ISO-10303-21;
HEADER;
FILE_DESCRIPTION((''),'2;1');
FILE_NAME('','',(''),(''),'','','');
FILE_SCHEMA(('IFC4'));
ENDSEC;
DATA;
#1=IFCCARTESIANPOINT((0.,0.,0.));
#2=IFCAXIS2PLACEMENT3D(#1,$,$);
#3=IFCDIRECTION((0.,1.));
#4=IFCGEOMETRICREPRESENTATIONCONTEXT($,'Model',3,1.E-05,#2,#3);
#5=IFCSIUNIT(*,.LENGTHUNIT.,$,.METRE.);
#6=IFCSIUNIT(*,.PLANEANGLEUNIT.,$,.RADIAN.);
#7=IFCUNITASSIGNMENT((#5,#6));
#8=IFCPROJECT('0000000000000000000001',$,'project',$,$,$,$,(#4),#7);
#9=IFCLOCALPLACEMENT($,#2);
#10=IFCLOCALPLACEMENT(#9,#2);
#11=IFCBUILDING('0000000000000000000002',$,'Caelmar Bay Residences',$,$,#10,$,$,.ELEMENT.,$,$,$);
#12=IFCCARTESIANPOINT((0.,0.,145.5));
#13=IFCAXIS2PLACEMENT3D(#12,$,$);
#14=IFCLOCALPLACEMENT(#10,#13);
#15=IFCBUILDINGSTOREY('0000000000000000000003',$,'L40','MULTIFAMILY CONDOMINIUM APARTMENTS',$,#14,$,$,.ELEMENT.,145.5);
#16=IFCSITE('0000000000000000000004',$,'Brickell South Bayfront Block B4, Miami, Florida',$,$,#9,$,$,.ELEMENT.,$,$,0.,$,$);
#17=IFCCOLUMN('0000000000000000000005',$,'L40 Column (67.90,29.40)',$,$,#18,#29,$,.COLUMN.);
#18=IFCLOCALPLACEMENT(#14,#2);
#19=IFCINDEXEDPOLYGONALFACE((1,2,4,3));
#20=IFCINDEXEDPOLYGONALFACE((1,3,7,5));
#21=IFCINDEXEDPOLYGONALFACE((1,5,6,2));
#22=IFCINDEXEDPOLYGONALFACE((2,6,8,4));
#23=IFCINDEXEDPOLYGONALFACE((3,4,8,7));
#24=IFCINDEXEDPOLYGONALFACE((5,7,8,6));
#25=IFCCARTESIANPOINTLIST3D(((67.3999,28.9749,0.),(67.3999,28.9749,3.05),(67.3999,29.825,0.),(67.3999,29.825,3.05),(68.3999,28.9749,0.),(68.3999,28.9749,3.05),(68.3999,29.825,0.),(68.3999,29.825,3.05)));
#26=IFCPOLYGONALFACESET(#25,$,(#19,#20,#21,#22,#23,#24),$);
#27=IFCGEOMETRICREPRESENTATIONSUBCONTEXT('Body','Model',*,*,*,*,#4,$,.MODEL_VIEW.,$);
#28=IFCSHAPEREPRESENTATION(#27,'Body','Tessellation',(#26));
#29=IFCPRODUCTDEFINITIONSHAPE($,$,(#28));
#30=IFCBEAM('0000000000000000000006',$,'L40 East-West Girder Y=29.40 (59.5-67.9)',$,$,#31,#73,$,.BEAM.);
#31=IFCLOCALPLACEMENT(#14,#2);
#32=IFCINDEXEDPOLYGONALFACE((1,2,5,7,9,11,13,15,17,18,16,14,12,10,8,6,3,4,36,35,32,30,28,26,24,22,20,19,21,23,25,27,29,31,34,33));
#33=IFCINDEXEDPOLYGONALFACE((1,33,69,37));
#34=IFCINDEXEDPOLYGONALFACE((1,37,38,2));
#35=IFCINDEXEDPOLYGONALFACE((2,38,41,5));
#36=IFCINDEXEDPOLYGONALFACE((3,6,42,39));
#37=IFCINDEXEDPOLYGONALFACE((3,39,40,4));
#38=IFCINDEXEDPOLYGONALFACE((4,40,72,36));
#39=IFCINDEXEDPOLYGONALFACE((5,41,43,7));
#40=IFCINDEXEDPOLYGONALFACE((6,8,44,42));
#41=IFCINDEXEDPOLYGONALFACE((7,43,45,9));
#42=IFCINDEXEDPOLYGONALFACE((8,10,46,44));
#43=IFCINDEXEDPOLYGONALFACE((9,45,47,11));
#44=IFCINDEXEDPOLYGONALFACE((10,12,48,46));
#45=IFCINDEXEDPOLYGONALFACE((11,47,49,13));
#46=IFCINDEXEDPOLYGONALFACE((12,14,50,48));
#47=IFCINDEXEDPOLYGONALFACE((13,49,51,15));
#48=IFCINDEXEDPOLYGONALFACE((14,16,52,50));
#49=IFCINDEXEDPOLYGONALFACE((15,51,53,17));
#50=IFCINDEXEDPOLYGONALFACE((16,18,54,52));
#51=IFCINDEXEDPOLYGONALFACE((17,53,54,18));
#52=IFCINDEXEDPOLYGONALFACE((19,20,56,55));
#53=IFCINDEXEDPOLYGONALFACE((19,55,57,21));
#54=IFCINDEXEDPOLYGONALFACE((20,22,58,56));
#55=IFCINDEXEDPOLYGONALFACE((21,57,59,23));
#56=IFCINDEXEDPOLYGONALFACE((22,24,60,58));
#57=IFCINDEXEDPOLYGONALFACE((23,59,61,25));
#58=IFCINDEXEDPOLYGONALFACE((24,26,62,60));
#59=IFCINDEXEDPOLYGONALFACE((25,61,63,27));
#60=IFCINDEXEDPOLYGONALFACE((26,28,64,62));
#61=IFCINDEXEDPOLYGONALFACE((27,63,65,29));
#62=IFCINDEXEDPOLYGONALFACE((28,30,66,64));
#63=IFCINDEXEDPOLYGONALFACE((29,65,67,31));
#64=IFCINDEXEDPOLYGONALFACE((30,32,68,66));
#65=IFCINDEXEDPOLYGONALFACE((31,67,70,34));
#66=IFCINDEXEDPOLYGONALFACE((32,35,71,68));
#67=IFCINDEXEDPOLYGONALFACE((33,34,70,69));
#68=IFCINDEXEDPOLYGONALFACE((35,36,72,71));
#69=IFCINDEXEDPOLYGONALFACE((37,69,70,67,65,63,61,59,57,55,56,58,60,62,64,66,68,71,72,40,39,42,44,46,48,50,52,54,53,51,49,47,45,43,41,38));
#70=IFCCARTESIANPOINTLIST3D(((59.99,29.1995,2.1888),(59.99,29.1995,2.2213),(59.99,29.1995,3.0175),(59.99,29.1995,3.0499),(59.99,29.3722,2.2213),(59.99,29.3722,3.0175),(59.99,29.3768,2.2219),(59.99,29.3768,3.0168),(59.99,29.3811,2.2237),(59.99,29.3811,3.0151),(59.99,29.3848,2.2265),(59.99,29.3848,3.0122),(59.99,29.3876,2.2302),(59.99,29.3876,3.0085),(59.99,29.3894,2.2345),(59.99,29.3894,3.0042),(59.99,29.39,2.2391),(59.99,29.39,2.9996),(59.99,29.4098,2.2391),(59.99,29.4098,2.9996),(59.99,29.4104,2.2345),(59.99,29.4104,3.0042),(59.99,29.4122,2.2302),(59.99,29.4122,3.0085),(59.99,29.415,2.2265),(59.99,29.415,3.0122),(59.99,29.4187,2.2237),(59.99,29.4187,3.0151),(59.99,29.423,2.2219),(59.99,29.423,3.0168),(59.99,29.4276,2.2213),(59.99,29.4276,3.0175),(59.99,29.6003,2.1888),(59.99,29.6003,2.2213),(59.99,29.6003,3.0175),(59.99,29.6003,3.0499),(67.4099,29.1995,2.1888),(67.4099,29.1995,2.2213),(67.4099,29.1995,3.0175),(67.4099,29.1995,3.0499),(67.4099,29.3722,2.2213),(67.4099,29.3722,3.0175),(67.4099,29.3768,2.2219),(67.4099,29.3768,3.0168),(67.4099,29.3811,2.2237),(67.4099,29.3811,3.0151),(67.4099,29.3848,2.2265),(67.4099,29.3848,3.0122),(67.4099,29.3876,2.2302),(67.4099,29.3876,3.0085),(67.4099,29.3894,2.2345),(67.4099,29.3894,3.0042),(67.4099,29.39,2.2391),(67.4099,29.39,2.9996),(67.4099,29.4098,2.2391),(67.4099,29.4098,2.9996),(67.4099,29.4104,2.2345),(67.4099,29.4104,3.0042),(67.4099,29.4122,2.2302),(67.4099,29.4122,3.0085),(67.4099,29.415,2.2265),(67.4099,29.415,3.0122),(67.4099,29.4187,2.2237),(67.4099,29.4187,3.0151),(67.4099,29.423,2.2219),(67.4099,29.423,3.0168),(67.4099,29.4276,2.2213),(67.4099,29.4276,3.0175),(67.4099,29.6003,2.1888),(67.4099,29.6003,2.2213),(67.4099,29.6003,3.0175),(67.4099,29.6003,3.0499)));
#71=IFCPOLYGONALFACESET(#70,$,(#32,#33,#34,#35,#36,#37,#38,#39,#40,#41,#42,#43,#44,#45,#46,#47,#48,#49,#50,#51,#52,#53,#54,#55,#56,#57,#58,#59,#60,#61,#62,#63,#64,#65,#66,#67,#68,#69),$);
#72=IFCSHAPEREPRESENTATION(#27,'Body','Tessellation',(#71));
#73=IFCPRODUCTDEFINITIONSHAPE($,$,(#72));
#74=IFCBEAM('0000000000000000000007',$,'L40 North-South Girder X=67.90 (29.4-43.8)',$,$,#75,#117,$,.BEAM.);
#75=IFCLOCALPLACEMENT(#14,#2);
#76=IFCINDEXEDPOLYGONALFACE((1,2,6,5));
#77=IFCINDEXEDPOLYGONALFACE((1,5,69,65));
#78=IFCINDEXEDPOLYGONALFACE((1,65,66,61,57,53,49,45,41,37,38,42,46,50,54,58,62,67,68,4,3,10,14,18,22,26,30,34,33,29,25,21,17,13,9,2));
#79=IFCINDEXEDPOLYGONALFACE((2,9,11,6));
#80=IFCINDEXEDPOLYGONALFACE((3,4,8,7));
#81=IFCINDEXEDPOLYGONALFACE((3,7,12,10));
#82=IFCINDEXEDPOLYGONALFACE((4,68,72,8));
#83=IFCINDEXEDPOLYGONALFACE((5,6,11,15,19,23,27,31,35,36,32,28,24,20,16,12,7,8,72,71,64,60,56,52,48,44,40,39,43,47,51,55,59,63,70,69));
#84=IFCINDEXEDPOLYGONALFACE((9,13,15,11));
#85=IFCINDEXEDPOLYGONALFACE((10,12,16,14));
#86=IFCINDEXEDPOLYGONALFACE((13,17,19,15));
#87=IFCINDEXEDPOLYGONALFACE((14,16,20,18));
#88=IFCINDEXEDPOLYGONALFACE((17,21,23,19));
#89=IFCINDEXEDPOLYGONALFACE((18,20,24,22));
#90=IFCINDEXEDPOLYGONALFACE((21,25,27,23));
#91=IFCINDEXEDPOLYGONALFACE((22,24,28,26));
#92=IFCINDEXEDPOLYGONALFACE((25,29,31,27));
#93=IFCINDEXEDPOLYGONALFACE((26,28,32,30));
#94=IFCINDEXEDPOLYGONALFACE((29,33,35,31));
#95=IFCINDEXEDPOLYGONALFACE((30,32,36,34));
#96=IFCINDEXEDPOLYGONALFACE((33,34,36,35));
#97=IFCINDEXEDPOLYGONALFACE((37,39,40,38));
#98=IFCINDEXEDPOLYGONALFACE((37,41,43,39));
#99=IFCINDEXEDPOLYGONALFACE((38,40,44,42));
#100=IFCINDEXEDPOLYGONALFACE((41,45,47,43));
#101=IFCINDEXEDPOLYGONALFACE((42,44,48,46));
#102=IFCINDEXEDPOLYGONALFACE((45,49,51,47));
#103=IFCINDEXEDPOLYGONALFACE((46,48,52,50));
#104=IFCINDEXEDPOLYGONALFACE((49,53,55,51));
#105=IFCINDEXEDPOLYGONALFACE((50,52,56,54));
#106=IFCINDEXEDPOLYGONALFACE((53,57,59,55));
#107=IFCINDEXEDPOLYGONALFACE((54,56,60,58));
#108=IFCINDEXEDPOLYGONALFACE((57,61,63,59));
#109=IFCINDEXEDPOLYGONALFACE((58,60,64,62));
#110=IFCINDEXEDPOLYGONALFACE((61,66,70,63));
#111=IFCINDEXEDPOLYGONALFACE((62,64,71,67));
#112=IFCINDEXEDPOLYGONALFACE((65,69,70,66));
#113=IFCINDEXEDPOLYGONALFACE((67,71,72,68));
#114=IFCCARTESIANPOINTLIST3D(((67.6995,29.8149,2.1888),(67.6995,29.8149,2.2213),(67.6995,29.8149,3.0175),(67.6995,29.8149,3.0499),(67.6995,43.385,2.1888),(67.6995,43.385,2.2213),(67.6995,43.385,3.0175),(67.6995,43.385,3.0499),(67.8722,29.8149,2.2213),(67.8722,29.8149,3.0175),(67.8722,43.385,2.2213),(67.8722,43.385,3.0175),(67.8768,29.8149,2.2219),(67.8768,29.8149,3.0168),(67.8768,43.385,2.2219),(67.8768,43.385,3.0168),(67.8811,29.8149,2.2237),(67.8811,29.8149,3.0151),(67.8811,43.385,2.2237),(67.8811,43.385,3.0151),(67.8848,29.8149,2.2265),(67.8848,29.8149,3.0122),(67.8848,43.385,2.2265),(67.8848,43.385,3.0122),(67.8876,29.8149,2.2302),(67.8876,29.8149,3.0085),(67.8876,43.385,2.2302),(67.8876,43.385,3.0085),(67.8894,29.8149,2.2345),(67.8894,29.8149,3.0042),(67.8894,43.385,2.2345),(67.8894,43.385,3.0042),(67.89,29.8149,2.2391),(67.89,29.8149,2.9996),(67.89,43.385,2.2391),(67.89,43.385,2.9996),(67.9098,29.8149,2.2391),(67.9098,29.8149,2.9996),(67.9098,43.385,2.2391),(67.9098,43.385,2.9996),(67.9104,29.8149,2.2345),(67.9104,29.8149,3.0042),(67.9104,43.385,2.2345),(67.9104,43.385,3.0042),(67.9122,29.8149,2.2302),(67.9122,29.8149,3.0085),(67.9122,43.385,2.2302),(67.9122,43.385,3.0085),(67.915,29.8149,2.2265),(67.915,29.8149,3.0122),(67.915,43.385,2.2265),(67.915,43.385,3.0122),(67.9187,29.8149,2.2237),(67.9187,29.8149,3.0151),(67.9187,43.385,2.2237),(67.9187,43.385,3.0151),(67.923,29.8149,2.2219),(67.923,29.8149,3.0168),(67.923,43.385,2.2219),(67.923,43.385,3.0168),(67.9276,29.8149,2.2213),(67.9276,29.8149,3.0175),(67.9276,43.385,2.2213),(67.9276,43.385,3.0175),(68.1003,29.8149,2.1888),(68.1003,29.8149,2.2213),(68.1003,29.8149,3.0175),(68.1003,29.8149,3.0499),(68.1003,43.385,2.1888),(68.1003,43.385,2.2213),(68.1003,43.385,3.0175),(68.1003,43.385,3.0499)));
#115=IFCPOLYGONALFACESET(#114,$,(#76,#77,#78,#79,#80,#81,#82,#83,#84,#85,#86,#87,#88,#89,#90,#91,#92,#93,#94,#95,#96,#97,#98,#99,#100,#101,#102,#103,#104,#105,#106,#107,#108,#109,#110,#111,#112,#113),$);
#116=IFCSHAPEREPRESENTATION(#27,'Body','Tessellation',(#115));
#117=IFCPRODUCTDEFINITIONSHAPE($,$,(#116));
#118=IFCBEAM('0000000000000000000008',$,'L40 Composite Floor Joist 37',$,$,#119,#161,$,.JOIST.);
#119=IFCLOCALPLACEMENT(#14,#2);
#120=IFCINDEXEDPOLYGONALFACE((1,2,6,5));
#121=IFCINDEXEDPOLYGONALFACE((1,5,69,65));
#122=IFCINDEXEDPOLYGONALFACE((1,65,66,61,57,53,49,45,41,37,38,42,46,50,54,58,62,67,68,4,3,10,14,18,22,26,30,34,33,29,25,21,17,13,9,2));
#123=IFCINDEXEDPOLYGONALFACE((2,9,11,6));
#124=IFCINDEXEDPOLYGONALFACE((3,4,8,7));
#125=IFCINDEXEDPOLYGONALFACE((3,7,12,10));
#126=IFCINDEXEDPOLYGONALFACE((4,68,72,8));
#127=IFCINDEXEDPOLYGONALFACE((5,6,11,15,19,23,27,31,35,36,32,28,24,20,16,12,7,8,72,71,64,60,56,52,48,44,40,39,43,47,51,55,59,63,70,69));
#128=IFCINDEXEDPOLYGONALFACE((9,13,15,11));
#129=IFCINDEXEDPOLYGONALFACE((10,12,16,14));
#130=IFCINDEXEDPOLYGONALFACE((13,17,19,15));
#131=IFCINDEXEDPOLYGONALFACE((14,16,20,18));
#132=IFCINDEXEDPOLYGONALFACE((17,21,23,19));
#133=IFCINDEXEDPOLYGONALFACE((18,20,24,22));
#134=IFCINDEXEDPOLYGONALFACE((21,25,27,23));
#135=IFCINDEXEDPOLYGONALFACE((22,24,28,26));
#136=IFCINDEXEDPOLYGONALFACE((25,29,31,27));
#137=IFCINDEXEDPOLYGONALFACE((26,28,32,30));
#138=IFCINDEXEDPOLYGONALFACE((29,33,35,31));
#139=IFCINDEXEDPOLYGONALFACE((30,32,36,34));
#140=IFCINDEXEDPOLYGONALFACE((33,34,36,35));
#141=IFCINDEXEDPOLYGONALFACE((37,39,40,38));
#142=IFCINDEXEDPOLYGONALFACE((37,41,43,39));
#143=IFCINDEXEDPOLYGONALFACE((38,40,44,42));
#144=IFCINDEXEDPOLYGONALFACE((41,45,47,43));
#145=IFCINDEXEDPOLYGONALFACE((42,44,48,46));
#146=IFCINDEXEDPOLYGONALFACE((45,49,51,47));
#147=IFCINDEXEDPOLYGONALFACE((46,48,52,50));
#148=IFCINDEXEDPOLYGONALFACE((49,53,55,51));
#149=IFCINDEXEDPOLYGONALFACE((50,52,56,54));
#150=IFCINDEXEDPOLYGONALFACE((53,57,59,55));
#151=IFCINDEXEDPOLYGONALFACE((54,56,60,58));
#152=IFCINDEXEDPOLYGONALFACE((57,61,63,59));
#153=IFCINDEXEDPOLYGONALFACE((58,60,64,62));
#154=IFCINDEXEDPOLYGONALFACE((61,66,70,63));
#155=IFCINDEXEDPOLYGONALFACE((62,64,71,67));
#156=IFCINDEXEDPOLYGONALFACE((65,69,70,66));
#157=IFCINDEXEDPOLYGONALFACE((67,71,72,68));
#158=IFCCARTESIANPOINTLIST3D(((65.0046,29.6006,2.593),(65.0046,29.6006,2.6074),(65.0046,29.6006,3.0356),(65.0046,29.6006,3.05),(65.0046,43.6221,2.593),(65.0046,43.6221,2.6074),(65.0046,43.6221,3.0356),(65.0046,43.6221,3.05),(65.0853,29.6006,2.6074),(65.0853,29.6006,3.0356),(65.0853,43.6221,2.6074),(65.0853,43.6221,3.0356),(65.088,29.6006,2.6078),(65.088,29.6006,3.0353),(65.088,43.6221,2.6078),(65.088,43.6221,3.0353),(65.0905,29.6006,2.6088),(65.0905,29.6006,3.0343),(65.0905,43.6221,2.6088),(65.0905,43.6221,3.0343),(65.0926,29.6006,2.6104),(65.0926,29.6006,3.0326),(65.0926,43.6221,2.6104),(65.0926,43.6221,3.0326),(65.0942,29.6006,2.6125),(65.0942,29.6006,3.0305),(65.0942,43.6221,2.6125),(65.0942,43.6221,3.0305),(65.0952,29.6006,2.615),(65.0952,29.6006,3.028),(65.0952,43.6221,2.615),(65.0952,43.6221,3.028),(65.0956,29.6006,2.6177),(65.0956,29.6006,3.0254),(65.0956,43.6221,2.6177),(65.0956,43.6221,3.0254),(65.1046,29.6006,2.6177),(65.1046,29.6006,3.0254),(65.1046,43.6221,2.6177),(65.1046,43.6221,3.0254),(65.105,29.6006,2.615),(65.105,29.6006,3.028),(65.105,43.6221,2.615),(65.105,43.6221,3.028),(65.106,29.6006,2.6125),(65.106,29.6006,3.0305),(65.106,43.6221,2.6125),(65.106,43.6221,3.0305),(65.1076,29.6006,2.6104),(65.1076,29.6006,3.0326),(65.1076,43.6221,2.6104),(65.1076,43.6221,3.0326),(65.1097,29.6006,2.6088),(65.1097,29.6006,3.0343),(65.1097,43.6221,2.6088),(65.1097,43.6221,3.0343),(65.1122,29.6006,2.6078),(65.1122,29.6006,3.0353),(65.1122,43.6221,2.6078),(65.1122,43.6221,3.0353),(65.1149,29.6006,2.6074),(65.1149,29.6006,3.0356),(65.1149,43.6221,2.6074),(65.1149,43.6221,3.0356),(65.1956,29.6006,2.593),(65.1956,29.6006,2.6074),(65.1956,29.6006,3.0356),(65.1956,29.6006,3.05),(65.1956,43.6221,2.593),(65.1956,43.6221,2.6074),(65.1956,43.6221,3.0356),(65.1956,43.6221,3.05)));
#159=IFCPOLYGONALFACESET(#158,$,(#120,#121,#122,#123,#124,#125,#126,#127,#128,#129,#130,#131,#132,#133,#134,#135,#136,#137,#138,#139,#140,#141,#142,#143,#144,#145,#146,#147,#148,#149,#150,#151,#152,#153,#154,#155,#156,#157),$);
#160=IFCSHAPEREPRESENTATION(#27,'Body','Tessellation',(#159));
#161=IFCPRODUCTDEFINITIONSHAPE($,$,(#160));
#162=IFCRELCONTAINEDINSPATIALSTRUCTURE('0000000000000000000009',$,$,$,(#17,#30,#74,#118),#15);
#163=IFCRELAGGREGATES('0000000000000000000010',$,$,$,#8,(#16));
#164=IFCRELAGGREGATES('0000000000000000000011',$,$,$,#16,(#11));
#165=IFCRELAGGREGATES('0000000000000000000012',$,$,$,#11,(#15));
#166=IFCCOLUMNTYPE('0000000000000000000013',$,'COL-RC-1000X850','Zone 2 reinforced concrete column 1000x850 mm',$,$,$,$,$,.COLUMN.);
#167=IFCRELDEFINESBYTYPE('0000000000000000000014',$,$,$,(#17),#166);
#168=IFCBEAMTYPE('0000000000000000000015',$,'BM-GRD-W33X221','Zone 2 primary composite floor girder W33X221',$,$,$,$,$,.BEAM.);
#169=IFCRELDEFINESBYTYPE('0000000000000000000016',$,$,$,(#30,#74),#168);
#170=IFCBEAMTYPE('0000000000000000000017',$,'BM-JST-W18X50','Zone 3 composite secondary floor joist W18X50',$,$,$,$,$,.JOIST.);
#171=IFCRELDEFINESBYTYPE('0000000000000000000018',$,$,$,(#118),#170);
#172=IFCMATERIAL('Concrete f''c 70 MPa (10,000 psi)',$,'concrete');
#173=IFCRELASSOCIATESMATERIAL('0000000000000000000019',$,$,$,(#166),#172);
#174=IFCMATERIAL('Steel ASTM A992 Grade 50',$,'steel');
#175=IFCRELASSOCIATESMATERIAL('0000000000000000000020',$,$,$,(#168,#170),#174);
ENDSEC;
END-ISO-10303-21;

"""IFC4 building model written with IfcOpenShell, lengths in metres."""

from ifc_helpers import new_model, si_unit, direction, frame, origin, origin_2d, place, context, subcontext, project, spatial, rectangle, i_section, extrude, material, material_profile, profile_set, type_object, element, save


model = new_model("IFC4")

# Units and contexts
model_context = context("Model", 3, precision=1e-05, world=origin(), true_north=direction((0.0, 1.0)))
body_context = subcontext(model_context, "Body", "Model", "MODEL_VIEW")
ifc_project = project(units=[si_unit("LENGTHUNIT", "METRE"), si_unit("PLANEANGLEUNIT", "RADIAN")], contexts=[model_context])

# Site, building, storey
site_placement = place(None, origin())
site = spatial("IfcSite", under=ifc_project, at=site_placement, Name="Brickell South Bayfront Block B4, Miami, Florida", CompositionType="ELEMENT", RefElevation=0.0)
building_placement = place(site_placement, origin())
building = spatial("IfcBuilding", under=site, at=building_placement, Name="Caelmar Bay Residences", CompositionType="ELEMENT")
storey_placement = place(building_placement, frame((0.0, 0.0, 145.5)))
storey = spatial("IfcBuildingStorey", under=building, at=storey_placement, Name="L40", Description="MULTIFAMILY CONDOMINIUM APARTMENTS", CompositionType="ELEMENT", Elevation=145.5)

# Column
ifc_material_1 = material(Name="Concrete f'c 70 MPa (10,000 psi)", Category="concrete")
ifc_material_profile_1 = material_profile(ifc_material_1, rectangle(XDim=1.0, YDim=0.8501, at=origin_2d()), Name="RC-COL-1000X850")
ifc_profile_set_1 = profile_set([ifc_material_profile_1], Name="Concrete f'c 70 MPa (10,000 psi)")
column_type = type_object("IfcColumnType", Name="COL-RC-1000X850", Description="Zone 2 reinforced concrete column 1000x850 mm", PredefinedType="COLUMN", material=ifc_profile_set_1)
column_placement = place(storey_placement, frame((67.8999, 29.3999, 0.0), z_axis=(0.0, 0.0, 1.0), x_axis=(1.0, 0.0, 0.0)))
element("IfcColumn", 1, at=column_placement, inside=storey, type_object=column_type, Name="L40 Column (67.90,29.40)", PredefinedType="COLUMN", context=body_context, shape_type="SweptSolid", body=[
    extrude(rectangle(XDim=1.0, YDim=0.8501, at=origin_2d()), origin(), (0.0, 0.0, 1.0), 3.05),
])

# Beams
ifc_material_2 = material(Name="Steel ASTM A992 Grade 50", Category="steel")
ifc_material_profile_2 = material_profile(ifc_material_2, i_section(OverallWidth=0.4009, OverallDepth=0.8611, WebThickness=0.0198, FlangeThickness=0.0325, FilletRadius=0.0178, at=origin_2d()), Name="W33X221")
ifc_profile_set_2 = profile_set([ifc_material_profile_2], Name="Steel ASTM A992 Grade 50")
beam_type_1 = type_object("IfcBeamType", Name="BM-GRD-W33X221", Description="Zone 2 primary composite floor girder W33X221", PredefinedType="BEAM", material=ifc_profile_set_2)
beam_1_placement = place(storey_placement, frame((59.99, 29.3999, 2.6194), z_axis=(1.0, 0.0, 0.0), x_axis=(0.0, 1.0, 0.0)))
element("IfcBeam", 2, at=beam_1_placement, inside=storey, type_object=beam_type_1, Name="L40 East-West Girder Y=29.40 (59.5-67.9)", PredefinedType="BEAM", context=body_context, shape_type="SweptSolid", body=[
    extrude(i_section(OverallWidth=0.4009, OverallDepth=0.8611, WebThickness=0.0198, FlangeThickness=0.0325, FilletRadius=0.0178, at=origin_2d()), origin(), (0.0, 0.0, 1.0), 7.4199),
])
beam_2_placement = place(storey_placement, frame((67.8999, 29.8149, 2.6194), z_axis=(0.0, 1.0, 0.0), x_axis=(-1.0, 0.0, 0.0)))
element("IfcBeam", 3, at=beam_2_placement, inside=storey, type_object=beam_type_1, Name="L40 North-South Girder X=67.90 (29.4-43.8)", PredefinedType="BEAM", context=body_context, shape_type="SweptSolid", body=[
    extrude(i_section(OverallWidth=0.4009, OverallDepth=0.8611, WebThickness=0.0198, FlangeThickness=0.0325, FilletRadius=0.0178, at=origin_2d()), origin(), (0.0, 0.0, 1.0), 13.5701),
])
ifc_material_profile_3 = material_profile(ifc_material_2, i_section(OverallWidth=0.1909, OverallDepth=0.457, WebThickness=0.009, FlangeThickness=0.0144, FilletRadius=0.0103, at=origin_2d()), Name="W18X50")
ifc_profile_set_3 = profile_set([ifc_material_profile_3], Name="Steel ASTM A992 Grade 50")
beam_type_2 = type_object("IfcBeamType", Name="BM-JST-W18X50", Description="Zone 3 composite secondary floor joist W18X50", PredefinedType="JOIST", material=ifc_profile_set_3)
beam_3_placement = place(storey_placement, frame((65.1001, 29.6006, 2.8215), z_axis=(0.0, 1.0, 0.0), x_axis=(-1.0, 0.0, 0.0)))
element("IfcBeam", 4, at=beam_3_placement, inside=storey, type_object=beam_type_2, Name="L40 Composite Floor Joist 37", PredefinedType="JOIST", context=body_context, shape_type="SweptSolid", body=[
    extrude(i_section(OverallWidth=0.1909, OverallDepth=0.457, WebThickness=0.009, FlangeThickness=0.0144, FilletRadius=0.0103, at=origin_2d()), origin(), (0.0, 0.0, 1.0), 14.0215),
])

save(model, "model.ifc")
